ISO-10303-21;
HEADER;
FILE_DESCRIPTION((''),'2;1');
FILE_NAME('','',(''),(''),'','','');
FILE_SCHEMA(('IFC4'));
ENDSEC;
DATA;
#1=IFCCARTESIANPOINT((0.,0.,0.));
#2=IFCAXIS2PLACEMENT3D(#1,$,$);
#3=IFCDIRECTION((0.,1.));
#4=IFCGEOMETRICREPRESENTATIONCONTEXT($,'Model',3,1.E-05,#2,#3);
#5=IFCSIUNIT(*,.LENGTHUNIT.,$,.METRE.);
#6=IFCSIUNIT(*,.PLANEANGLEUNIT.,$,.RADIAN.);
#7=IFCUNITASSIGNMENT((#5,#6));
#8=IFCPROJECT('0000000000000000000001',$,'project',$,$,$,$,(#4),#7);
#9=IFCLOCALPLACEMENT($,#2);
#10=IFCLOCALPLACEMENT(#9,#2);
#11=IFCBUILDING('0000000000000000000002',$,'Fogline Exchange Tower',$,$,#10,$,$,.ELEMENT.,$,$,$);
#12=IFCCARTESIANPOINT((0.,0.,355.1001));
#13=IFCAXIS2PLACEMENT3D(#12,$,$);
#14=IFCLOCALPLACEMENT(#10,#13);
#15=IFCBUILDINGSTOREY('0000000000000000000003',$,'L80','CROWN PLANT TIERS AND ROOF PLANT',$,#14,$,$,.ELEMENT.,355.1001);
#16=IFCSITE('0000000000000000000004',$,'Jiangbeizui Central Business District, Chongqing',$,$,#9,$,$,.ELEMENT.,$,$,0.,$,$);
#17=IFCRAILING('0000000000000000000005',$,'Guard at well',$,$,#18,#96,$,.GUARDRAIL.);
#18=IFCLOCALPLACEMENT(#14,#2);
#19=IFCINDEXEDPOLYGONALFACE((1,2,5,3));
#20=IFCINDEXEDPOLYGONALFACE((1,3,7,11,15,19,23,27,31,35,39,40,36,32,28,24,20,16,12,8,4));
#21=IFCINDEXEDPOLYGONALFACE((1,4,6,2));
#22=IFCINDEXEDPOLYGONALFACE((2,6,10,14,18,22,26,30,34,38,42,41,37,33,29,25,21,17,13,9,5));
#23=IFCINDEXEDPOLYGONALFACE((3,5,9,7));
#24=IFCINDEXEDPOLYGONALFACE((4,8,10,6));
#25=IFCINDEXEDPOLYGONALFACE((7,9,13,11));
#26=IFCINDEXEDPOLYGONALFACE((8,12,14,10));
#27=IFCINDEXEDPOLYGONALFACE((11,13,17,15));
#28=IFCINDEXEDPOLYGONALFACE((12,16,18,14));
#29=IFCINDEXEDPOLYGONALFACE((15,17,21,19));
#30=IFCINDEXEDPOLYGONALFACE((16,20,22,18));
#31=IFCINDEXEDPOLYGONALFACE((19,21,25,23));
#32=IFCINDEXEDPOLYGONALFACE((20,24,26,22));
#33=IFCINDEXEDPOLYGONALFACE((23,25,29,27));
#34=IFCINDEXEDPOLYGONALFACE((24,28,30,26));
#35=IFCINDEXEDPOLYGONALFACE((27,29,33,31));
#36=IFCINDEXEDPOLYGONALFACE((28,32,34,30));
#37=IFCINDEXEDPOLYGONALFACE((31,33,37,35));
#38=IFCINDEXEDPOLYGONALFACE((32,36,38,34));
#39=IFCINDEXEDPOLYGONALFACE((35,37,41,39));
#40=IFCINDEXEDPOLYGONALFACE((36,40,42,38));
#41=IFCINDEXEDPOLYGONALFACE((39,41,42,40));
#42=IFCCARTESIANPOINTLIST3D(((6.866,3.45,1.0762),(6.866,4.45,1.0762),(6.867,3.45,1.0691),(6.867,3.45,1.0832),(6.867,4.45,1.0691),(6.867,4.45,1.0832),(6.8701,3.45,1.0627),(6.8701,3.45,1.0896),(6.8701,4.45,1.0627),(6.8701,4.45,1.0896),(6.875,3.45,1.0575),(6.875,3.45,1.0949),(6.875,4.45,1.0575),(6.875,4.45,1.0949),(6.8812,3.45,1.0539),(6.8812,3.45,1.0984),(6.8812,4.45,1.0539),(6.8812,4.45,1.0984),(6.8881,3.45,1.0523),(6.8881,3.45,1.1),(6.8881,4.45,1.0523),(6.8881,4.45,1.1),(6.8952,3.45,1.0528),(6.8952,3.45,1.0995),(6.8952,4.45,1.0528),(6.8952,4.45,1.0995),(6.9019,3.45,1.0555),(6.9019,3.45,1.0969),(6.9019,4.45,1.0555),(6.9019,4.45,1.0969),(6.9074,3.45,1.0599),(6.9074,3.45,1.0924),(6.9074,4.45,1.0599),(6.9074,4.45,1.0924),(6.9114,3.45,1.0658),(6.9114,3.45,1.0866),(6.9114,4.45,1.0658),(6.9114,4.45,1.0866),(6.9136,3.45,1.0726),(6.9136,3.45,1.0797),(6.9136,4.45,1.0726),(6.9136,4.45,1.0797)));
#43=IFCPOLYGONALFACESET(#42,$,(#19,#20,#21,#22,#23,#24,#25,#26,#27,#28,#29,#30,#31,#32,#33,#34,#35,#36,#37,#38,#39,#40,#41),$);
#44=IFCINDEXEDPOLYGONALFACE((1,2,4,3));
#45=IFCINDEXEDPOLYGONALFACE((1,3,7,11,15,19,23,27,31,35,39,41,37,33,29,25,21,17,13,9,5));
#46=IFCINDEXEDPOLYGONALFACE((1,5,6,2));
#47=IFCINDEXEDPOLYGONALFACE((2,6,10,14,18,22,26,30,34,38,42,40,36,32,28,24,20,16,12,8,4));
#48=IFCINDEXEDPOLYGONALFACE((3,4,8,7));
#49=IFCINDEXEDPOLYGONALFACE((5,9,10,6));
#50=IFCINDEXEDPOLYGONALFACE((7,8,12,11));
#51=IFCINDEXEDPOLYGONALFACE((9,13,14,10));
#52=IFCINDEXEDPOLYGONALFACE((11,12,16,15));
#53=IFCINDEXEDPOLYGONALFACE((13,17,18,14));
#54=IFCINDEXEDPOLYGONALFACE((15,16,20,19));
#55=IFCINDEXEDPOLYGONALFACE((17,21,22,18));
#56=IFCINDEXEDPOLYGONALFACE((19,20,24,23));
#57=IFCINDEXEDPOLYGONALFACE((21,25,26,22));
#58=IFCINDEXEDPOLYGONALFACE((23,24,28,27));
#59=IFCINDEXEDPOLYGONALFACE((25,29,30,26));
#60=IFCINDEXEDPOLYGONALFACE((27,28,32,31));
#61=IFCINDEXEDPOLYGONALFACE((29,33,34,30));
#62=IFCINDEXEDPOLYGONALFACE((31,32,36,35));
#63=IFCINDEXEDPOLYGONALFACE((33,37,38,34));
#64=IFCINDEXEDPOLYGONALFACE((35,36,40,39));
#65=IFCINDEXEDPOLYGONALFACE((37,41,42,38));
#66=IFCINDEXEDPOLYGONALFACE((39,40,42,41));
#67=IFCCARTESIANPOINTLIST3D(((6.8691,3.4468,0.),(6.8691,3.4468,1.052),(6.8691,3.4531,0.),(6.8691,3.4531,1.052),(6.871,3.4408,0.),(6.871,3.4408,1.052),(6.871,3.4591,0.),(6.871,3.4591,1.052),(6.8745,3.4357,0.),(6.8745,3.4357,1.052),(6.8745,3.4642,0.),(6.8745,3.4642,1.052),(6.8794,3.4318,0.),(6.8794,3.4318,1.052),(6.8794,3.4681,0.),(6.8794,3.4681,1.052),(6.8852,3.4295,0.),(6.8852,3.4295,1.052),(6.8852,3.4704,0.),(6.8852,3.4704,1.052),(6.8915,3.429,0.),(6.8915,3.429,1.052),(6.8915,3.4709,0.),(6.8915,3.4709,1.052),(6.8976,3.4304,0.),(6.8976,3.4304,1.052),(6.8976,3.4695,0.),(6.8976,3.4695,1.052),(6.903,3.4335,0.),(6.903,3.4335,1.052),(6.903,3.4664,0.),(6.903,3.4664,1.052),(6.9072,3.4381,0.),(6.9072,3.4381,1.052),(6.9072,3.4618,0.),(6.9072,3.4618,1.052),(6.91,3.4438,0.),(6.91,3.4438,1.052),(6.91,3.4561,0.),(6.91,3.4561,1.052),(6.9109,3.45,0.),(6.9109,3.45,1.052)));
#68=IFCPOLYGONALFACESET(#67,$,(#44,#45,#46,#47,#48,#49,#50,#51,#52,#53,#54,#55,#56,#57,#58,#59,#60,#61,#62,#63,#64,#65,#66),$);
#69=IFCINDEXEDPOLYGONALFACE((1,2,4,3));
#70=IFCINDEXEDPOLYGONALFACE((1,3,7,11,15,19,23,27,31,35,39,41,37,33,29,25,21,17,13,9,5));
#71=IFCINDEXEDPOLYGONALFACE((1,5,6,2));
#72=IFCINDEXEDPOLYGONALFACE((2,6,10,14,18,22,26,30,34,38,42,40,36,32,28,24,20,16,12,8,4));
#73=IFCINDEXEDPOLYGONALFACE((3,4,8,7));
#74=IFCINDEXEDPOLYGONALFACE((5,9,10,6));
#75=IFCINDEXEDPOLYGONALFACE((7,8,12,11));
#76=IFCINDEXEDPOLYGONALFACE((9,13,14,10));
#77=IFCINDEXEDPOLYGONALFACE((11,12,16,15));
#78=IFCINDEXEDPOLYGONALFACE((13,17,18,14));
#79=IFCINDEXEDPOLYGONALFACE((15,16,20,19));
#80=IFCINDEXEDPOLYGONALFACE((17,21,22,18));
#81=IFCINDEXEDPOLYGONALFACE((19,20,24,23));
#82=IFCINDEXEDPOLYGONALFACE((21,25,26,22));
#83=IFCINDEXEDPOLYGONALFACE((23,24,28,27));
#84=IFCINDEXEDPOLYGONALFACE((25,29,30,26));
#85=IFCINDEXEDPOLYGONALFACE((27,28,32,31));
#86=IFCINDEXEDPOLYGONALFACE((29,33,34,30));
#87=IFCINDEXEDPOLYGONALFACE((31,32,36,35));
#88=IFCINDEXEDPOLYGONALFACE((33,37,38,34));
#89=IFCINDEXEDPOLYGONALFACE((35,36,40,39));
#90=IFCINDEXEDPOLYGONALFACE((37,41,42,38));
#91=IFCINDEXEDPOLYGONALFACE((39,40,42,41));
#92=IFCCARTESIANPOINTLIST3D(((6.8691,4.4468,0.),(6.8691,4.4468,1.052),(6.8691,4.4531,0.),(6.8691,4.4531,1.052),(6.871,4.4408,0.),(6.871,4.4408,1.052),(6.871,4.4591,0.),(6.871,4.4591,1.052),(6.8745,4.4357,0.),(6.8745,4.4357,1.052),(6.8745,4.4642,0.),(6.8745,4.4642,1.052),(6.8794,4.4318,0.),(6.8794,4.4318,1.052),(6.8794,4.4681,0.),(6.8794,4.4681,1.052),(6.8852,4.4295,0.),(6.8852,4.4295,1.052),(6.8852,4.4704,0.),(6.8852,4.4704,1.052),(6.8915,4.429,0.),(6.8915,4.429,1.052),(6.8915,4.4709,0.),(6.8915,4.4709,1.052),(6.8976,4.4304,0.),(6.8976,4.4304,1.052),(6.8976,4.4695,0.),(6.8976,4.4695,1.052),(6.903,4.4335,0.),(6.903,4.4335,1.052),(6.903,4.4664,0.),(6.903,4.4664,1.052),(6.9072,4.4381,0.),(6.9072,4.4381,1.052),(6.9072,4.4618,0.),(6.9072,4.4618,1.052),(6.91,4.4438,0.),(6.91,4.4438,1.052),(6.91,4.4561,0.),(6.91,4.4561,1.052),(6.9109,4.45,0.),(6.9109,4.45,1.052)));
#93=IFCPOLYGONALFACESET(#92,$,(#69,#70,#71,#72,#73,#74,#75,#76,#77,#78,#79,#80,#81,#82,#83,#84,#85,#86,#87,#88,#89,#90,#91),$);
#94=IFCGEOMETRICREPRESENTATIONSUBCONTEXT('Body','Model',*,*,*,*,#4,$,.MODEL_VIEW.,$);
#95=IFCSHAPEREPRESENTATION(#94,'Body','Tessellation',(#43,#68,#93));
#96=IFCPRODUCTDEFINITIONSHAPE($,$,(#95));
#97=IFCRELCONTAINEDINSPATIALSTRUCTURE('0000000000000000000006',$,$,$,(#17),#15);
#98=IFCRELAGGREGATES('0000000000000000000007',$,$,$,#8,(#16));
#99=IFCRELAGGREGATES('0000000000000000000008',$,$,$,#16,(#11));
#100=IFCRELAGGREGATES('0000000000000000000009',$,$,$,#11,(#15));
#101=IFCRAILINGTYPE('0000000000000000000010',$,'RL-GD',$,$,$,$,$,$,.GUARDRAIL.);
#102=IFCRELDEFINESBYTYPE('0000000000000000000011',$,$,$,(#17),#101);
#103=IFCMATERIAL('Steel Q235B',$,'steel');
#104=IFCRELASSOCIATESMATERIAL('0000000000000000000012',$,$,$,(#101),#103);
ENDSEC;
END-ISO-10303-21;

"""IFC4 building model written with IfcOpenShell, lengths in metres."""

from ifc_helpers import new_model, si_unit, direction, frame, origin, origin_2d, place, context, subcontext, project, spatial, circle, extrude, material, type_object, element, save


model = new_model("IFC4")

# Units and contexts
model_context = context("Model", 3, precision=1e-05, world=origin(), true_north=direction((0.0, 1.0)))
body_context = subcontext(model_context, "Body", "Model", "MODEL_VIEW")
ifc_project = project(units=[si_unit("LENGTHUNIT", "METRE"), si_unit("PLANEANGLEUNIT", "RADIAN")], contexts=[model_context])

# Site, building, storey
site_placement = place(None, origin())
site = spatial("IfcSite", under=ifc_project, at=site_placement, Name="Jiangbeizui Central Business District, Chongqing", CompositionType="ELEMENT", RefElevation=0.0)
building_placement = place(site_placement, origin())
building = spatial("IfcBuilding", under=site, at=building_placement, Name="Fogline Exchange Tower", CompositionType="ELEMENT")
storey_placement = place(building_placement, frame((0.0, 0.0, 355.1001)))
storey = spatial("IfcBuildingStorey", under=building, at=storey_placement, Name="L80", Description="CROWN PLANT TIERS AND ROOF PLANT", CompositionType="ELEMENT", Elevation=355.1001)

# Railing
ifc_material_1 = material(Name="Steel Q235B", Category="steel")
railing_type_1 = type_object("IfcRailingType", Name="RL-GD", PredefinedType="GUARDRAIL", material=ifc_material_1)
railing_1_placement = place(storey_placement, frame((6.8899, 3.45, 0.0)))
element("IfcRailing", 1, at=railing_1_placement, inside=storey, type_object=railing_type_1, Name="Guard at well", PredefinedType="GUARDRAIL", context=body_context, shape_type="SweptSolid", body=[
    extrude(circle(Radius=0.0239, at=origin_2d()), frame((0.0, 0.0, 1.0762), z_axis=(0.0, 1.0, 0.0), x_axis=(-1.0, 0.0, 0.0)), (0.0, 0.0, 1.0), 1.0),
    extrude(circle(Radius=0.021, at=origin_2d()), origin(), (0.0, 0.0, 1.0), 1.052),
    extrude(circle(Radius=0.021, at=origin_2d()), frame((0.0, 1.0, 0.0)), (0.0, 0.0, 1.0), 1.052),
])

save(model, "model.ifc")
